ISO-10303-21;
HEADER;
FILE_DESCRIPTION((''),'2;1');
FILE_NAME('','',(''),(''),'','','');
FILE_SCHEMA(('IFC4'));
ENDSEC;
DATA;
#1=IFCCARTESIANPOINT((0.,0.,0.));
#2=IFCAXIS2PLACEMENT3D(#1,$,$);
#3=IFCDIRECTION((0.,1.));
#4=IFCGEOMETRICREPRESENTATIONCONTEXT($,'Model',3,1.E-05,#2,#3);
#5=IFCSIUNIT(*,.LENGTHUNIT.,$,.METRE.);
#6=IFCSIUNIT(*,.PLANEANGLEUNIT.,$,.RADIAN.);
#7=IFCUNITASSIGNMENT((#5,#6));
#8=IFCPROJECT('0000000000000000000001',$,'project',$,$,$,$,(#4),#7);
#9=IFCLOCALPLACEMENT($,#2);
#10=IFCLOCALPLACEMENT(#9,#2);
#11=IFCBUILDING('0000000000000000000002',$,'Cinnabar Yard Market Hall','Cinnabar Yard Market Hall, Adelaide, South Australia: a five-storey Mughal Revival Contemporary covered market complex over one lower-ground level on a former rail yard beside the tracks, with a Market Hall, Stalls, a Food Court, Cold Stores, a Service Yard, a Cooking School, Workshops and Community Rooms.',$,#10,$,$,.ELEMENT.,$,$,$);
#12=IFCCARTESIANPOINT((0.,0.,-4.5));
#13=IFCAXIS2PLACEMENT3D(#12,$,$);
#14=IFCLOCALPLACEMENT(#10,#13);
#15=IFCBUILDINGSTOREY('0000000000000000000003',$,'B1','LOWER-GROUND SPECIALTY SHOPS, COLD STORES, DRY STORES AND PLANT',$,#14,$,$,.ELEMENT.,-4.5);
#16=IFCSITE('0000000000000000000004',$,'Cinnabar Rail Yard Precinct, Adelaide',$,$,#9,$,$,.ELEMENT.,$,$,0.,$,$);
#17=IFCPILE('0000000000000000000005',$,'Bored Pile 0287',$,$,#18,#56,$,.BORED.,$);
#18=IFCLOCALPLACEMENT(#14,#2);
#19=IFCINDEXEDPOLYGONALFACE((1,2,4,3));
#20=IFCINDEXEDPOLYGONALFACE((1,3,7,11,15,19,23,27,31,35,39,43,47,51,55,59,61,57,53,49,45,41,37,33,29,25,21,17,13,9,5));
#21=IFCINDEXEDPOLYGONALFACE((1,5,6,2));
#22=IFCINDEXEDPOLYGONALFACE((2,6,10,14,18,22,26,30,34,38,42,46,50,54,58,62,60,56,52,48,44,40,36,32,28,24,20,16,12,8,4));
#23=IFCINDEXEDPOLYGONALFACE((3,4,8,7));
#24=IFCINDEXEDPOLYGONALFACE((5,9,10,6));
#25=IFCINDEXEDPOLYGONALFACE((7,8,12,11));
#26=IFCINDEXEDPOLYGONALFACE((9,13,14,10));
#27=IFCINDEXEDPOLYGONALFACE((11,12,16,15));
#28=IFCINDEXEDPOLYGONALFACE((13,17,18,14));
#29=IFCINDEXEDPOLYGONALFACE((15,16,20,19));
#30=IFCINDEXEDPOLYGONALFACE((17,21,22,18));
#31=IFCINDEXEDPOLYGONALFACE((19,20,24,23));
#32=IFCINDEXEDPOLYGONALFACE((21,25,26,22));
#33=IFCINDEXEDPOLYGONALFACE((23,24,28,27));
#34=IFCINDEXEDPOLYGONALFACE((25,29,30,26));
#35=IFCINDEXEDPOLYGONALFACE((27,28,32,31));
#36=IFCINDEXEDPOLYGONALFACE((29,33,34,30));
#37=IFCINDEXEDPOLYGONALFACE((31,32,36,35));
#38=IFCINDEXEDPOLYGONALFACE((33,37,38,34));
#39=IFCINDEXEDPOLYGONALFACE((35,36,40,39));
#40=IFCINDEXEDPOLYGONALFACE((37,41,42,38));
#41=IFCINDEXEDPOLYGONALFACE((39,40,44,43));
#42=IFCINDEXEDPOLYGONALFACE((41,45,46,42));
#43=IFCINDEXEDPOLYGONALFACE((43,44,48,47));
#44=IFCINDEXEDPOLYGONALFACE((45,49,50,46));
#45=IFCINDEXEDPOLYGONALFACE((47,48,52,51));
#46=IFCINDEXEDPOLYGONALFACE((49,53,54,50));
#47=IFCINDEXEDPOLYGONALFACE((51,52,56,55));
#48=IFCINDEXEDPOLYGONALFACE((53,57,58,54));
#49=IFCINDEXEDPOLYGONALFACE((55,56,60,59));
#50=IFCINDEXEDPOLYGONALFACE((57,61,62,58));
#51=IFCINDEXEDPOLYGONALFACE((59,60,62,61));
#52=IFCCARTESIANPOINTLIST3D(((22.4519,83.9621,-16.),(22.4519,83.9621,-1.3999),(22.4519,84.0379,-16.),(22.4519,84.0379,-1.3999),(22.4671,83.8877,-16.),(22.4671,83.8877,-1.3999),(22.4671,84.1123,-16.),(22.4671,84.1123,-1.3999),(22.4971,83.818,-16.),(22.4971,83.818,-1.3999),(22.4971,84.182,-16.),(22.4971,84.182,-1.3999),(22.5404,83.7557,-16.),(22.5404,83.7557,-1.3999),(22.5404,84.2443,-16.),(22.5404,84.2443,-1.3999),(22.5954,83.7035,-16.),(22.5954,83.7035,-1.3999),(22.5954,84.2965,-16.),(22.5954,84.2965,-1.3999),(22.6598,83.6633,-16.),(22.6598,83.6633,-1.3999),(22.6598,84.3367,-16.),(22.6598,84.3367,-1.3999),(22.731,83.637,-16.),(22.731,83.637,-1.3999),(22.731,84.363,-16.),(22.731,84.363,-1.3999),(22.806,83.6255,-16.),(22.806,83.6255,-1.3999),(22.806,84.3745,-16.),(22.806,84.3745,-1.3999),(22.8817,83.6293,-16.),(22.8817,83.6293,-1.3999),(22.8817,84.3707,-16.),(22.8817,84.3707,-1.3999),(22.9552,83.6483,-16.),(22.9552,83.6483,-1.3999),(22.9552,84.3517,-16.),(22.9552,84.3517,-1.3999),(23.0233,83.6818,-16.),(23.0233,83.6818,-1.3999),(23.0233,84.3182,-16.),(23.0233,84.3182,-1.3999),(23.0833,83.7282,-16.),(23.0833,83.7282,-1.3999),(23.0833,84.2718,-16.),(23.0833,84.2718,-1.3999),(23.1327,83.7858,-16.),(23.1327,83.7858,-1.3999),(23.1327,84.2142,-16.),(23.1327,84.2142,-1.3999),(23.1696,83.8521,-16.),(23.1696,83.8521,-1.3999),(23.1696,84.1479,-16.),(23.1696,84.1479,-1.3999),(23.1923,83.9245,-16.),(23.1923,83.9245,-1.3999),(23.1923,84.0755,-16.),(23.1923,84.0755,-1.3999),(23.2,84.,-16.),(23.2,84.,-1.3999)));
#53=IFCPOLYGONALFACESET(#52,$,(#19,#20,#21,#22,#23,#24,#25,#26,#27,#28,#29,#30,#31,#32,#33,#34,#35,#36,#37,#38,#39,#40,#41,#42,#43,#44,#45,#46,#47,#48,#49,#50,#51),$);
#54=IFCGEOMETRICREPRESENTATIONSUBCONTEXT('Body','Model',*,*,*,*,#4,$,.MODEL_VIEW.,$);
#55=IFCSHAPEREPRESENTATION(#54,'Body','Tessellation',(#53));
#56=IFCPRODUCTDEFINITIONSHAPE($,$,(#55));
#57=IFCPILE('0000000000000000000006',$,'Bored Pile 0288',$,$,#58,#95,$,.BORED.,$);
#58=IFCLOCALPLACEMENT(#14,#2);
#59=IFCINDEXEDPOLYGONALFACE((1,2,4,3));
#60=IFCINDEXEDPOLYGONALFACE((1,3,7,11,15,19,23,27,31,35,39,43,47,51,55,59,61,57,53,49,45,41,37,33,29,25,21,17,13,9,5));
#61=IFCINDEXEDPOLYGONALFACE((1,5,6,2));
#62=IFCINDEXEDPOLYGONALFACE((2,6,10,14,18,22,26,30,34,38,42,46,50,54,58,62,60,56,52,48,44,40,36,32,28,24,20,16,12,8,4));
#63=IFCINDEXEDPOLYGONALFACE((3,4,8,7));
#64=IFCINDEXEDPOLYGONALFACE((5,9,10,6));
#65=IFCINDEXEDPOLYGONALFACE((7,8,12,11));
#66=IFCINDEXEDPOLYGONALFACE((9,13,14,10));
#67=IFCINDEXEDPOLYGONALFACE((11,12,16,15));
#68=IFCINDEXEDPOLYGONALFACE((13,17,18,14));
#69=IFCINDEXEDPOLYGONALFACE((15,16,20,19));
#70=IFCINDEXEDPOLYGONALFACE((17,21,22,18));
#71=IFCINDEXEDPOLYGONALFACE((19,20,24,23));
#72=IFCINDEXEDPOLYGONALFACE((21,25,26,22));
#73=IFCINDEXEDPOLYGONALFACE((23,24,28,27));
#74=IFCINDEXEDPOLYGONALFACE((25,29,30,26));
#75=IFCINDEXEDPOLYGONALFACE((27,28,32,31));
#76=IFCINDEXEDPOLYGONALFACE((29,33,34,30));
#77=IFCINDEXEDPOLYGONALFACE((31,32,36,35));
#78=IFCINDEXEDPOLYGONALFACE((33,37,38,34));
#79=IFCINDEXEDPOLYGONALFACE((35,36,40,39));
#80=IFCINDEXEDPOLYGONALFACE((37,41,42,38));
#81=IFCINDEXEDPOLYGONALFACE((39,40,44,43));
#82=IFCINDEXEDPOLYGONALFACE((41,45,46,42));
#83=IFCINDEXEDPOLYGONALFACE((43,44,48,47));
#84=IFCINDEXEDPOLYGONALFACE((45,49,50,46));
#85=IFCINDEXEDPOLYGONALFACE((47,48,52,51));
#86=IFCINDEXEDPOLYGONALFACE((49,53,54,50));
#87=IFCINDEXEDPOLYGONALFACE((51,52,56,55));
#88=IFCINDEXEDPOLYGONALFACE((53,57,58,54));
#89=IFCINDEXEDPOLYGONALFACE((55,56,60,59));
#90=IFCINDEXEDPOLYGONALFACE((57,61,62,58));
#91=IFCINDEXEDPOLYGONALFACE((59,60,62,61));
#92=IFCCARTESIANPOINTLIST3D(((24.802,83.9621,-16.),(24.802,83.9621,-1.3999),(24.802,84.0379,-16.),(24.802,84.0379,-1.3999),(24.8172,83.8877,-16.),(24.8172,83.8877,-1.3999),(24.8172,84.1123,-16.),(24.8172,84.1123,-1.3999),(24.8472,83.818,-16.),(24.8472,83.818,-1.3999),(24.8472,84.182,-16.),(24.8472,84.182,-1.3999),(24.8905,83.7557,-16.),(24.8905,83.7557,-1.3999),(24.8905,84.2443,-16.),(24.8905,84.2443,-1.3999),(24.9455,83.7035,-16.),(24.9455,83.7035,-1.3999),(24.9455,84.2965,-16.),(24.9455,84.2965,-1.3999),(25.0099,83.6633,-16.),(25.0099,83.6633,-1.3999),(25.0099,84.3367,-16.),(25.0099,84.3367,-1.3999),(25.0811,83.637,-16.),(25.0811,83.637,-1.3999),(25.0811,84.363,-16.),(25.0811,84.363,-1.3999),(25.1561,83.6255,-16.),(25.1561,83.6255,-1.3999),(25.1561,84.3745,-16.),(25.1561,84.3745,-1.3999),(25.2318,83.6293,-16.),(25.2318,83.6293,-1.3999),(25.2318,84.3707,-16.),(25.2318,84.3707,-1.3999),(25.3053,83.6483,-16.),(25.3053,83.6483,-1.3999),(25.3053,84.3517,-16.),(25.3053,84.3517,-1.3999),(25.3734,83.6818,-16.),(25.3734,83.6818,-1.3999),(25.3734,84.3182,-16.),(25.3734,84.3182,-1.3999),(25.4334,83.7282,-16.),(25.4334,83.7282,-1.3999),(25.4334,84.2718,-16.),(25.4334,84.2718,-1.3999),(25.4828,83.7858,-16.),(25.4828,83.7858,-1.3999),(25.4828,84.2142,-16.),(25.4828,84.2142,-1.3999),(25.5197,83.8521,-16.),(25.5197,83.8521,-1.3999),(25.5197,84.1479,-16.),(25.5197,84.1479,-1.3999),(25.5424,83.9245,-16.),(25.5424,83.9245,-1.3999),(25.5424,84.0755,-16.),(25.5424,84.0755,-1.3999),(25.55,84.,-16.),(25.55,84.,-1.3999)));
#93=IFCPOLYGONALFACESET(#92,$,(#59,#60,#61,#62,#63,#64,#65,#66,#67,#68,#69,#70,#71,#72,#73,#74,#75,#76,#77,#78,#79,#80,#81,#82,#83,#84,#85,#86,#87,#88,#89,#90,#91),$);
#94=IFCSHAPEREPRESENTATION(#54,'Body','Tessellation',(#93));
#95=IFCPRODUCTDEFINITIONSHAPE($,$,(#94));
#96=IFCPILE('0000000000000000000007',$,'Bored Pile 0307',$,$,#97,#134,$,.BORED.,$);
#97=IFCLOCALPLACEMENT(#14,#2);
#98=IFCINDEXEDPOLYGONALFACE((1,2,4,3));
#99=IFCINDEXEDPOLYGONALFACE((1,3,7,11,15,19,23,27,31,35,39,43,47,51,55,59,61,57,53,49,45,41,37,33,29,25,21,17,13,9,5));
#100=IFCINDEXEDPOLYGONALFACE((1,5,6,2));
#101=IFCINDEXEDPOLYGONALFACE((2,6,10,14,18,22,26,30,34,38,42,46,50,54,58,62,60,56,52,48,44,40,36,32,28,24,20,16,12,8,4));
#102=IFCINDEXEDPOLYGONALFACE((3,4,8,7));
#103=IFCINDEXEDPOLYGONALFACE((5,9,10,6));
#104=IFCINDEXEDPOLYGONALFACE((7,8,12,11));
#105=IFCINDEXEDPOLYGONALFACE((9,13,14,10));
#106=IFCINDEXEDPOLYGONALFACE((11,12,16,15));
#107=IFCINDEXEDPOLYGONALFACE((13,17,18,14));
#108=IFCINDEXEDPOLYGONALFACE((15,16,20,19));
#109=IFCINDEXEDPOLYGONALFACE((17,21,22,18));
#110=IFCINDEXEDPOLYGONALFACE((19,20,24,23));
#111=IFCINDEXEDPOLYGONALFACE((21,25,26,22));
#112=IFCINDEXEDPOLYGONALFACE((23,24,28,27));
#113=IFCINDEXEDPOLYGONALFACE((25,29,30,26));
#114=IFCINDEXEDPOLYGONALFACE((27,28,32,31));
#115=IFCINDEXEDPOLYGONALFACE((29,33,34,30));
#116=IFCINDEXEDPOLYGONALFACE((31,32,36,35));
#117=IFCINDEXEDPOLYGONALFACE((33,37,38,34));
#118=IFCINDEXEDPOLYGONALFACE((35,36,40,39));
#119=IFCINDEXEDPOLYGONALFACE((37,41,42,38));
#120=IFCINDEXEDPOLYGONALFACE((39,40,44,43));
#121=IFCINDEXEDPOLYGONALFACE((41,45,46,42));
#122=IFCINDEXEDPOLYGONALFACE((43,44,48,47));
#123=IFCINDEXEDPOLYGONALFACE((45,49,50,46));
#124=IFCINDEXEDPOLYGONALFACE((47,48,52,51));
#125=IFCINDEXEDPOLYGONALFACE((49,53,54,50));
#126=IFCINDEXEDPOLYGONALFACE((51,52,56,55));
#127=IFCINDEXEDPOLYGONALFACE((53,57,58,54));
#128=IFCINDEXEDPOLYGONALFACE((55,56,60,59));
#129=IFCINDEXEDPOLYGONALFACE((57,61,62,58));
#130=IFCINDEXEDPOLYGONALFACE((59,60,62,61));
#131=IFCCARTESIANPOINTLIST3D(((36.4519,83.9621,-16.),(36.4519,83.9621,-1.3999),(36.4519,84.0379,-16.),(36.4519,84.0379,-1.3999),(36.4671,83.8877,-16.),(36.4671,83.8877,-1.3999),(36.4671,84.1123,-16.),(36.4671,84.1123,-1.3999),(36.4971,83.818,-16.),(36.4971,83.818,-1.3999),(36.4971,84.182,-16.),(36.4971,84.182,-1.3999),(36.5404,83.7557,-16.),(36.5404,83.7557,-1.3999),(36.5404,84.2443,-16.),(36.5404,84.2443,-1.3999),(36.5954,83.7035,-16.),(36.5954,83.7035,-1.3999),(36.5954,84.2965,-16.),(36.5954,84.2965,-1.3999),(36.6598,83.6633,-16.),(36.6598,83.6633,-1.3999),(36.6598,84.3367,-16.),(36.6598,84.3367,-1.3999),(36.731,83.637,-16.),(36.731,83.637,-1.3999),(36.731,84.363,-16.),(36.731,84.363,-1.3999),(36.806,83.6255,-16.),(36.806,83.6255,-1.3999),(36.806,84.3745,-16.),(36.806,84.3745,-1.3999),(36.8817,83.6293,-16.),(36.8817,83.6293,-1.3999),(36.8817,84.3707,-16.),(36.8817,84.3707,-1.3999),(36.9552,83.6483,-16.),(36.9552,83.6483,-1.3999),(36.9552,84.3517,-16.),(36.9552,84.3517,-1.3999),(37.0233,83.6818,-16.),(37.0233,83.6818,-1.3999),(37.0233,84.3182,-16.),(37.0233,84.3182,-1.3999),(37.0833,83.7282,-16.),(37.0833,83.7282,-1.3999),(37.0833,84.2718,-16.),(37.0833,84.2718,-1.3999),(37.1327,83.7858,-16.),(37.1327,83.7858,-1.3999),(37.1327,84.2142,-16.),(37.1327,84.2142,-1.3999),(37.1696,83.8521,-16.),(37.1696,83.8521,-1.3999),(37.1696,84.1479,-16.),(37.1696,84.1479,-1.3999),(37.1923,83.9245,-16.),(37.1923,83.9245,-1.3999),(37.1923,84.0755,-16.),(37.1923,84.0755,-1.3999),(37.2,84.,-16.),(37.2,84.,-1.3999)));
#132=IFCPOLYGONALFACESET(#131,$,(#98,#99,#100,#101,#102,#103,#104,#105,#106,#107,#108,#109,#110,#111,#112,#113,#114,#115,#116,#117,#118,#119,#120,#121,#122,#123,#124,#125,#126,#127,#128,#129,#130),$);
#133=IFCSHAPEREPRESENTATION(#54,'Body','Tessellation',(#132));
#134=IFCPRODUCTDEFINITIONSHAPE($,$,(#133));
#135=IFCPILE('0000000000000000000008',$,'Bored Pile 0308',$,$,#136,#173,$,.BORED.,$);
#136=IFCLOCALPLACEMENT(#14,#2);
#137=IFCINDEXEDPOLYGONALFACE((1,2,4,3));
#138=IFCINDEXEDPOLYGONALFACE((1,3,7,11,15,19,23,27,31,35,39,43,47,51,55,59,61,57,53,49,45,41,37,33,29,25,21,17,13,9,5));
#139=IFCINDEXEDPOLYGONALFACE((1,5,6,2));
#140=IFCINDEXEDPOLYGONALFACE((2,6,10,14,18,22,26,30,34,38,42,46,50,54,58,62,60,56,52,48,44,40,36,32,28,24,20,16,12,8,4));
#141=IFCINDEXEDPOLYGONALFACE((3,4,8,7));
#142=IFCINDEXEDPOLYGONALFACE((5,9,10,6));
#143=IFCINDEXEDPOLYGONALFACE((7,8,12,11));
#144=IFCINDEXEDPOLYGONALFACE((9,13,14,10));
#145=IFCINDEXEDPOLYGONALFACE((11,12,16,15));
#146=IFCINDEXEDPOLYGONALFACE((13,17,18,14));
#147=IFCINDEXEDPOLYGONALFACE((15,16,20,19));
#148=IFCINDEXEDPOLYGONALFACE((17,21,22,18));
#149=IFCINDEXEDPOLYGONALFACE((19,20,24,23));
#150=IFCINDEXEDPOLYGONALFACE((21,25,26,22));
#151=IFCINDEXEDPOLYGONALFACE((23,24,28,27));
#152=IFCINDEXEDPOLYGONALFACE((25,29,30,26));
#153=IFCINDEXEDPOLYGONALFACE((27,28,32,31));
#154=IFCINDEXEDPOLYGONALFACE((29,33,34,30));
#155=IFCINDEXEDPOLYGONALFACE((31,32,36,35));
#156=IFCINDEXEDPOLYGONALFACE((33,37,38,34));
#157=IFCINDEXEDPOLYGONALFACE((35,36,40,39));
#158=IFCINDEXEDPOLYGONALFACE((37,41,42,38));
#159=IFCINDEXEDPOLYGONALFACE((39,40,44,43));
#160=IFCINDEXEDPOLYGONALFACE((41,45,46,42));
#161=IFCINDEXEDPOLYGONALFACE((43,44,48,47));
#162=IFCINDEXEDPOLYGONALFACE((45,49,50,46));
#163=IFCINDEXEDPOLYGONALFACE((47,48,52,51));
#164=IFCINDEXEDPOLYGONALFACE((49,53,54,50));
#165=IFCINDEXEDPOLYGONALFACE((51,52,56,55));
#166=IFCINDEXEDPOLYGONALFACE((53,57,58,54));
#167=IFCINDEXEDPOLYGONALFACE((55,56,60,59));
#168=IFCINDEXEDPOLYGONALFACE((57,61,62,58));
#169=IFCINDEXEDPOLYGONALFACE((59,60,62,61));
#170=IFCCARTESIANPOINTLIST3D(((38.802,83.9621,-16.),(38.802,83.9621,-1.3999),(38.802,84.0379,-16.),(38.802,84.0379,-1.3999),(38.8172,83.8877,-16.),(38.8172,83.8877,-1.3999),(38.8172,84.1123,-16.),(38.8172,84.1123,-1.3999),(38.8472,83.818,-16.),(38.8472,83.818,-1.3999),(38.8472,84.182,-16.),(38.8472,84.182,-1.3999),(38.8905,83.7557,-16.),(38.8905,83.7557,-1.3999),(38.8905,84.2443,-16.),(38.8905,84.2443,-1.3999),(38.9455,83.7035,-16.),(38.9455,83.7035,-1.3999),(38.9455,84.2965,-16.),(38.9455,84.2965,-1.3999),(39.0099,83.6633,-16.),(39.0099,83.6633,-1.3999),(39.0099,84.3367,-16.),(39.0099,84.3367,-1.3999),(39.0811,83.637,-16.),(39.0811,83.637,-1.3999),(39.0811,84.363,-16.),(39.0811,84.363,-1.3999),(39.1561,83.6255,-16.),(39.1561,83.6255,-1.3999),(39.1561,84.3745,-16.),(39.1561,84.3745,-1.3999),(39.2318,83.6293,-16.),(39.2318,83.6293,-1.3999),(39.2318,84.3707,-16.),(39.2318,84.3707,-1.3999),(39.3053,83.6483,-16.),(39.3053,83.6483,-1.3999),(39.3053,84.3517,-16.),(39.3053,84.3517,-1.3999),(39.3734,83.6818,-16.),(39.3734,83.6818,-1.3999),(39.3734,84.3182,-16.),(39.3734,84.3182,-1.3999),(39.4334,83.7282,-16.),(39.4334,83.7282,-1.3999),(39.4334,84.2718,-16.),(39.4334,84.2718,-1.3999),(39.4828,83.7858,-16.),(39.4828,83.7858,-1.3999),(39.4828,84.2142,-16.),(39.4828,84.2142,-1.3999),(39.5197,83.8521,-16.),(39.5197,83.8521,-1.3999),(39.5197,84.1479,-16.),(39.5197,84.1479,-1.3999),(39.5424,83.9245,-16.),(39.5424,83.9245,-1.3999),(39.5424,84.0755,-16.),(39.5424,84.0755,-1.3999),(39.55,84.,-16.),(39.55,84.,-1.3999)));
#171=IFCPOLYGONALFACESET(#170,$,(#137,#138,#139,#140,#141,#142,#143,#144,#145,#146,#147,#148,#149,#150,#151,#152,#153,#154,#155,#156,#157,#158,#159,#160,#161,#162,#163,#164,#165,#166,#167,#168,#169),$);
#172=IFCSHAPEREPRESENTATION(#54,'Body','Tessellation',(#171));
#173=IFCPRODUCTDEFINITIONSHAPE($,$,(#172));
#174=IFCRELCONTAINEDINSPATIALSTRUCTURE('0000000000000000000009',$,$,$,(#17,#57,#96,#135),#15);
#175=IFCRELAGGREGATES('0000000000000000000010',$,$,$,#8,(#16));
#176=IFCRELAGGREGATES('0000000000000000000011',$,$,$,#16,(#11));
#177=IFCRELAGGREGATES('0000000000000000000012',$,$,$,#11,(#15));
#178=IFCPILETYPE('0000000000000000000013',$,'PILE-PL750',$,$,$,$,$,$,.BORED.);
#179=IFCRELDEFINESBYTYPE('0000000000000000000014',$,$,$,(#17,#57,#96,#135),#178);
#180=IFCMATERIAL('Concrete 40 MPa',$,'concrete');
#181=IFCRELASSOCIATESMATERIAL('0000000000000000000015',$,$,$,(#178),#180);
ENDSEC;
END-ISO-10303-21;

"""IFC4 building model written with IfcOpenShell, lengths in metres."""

from ifc_helpers import new_model, si_unit, direction, frame, origin, origin_2d_with_axis, place, context, subcontext, project, spatial, circle, extrude, material, material_profile, profile_set, type_object, element, save


model = new_model("IFC4")

# Units and contexts
model_context = context("Model", 3, precision=1e-05, world=origin(), true_north=direction((0.0, 1.0)))
body_context = subcontext(model_context, "Body", "Model", "MODEL_VIEW")
ifc_project = project(units=[si_unit("LENGTHUNIT", "METRE"), si_unit("PLANEANGLEUNIT", "RADIAN")], contexts=[model_context])

# Site, building, storey
site_placement = place(None, origin())
site = spatial("IfcSite", under=ifc_project, at=site_placement, Name="Cinnabar Rail Yard Precinct, Adelaide", CompositionType="ELEMENT", RefElevation=0.0)
building_placement = place(site_placement, origin())
building = spatial("IfcBuilding", under=site, at=building_placement, Name="Cinnabar Yard Market Hall", Description="Cinnabar Yard Market Hall, Adelaide, South Australia: a five-storey Mughal Revival Contemporary covered market complex over one lower-ground level on a former rail yard beside the tracks, with a Market Hall, Stalls, a Food Court, Cold Stores, a Service Yard, a Cooking School, Workshops and Community Rooms.", CompositionType="ELEMENT")
storey_placement = place(building_placement, frame((0.0, 0.0, -4.5)))
storey = spatial("IfcBuildingStorey", under=building, at=storey_placement, Name="B1", Description="LOWER-GROUND SPECIALTY SHOPS, COLD STORES, DRY STORES AND PLANT", CompositionType="ELEMENT", Elevation=-4.5)

# Shared definitions
ifc_material_1 = material(Name="Concrete 40 MPa", Category="concrete")

# Piles
ifc_material_profile_1 = material_profile(ifc_material_1, circle(Radius=0.375, at=origin_2d_with_axis()), Name="PILE-D750")
ifc_profile_set_1 = profile_set([ifc_material_profile_1], Name="Concrete 40 MPa")
pile_type_1 = type_object("IfcPileType", Name="PILE-PL750", PredefinedType="BORED", material=ifc_profile_set_1)
for number, where, z_axis, x_axis, name in (
    (1, (22.825, 84.0, -1.3999), (0.0, 0.0, -1.0), (1.0, 0.0, 0.0), "Bored Pile 0287"),
    (2, (25.175, 84.0, -1.3999), (0.0, 0.0, -1.0), (1.0, 0.0, 0.0), "Bored Pile 0288"),
    (3, (36.825, 84.0, -1.3999), (0.0, 0.0, -1.0), (1.0, 0.0, 0.0), "Bored Pile 0307"),
    (4, (39.175, 84.0, -1.3999), (0.0, 0.0, -1.0), (1.0, 0.0, 0.0), "Bored Pile 0308"),
):
    element("IfcPile", number, at=place(storey_placement, frame(where, z_axis=z_axis, x_axis=x_axis)), inside=storey, type_object=pile_type_1, Name=name, PredefinedType="BORED", context=body_context, shape_type="SweptSolid", body=[
        extrude(circle(Radius=0.375, at=origin_2d_with_axis()), origin(), (0.0, 0.0, 1.0), 14.6001),
    ])

save(model, "model.ifc")
